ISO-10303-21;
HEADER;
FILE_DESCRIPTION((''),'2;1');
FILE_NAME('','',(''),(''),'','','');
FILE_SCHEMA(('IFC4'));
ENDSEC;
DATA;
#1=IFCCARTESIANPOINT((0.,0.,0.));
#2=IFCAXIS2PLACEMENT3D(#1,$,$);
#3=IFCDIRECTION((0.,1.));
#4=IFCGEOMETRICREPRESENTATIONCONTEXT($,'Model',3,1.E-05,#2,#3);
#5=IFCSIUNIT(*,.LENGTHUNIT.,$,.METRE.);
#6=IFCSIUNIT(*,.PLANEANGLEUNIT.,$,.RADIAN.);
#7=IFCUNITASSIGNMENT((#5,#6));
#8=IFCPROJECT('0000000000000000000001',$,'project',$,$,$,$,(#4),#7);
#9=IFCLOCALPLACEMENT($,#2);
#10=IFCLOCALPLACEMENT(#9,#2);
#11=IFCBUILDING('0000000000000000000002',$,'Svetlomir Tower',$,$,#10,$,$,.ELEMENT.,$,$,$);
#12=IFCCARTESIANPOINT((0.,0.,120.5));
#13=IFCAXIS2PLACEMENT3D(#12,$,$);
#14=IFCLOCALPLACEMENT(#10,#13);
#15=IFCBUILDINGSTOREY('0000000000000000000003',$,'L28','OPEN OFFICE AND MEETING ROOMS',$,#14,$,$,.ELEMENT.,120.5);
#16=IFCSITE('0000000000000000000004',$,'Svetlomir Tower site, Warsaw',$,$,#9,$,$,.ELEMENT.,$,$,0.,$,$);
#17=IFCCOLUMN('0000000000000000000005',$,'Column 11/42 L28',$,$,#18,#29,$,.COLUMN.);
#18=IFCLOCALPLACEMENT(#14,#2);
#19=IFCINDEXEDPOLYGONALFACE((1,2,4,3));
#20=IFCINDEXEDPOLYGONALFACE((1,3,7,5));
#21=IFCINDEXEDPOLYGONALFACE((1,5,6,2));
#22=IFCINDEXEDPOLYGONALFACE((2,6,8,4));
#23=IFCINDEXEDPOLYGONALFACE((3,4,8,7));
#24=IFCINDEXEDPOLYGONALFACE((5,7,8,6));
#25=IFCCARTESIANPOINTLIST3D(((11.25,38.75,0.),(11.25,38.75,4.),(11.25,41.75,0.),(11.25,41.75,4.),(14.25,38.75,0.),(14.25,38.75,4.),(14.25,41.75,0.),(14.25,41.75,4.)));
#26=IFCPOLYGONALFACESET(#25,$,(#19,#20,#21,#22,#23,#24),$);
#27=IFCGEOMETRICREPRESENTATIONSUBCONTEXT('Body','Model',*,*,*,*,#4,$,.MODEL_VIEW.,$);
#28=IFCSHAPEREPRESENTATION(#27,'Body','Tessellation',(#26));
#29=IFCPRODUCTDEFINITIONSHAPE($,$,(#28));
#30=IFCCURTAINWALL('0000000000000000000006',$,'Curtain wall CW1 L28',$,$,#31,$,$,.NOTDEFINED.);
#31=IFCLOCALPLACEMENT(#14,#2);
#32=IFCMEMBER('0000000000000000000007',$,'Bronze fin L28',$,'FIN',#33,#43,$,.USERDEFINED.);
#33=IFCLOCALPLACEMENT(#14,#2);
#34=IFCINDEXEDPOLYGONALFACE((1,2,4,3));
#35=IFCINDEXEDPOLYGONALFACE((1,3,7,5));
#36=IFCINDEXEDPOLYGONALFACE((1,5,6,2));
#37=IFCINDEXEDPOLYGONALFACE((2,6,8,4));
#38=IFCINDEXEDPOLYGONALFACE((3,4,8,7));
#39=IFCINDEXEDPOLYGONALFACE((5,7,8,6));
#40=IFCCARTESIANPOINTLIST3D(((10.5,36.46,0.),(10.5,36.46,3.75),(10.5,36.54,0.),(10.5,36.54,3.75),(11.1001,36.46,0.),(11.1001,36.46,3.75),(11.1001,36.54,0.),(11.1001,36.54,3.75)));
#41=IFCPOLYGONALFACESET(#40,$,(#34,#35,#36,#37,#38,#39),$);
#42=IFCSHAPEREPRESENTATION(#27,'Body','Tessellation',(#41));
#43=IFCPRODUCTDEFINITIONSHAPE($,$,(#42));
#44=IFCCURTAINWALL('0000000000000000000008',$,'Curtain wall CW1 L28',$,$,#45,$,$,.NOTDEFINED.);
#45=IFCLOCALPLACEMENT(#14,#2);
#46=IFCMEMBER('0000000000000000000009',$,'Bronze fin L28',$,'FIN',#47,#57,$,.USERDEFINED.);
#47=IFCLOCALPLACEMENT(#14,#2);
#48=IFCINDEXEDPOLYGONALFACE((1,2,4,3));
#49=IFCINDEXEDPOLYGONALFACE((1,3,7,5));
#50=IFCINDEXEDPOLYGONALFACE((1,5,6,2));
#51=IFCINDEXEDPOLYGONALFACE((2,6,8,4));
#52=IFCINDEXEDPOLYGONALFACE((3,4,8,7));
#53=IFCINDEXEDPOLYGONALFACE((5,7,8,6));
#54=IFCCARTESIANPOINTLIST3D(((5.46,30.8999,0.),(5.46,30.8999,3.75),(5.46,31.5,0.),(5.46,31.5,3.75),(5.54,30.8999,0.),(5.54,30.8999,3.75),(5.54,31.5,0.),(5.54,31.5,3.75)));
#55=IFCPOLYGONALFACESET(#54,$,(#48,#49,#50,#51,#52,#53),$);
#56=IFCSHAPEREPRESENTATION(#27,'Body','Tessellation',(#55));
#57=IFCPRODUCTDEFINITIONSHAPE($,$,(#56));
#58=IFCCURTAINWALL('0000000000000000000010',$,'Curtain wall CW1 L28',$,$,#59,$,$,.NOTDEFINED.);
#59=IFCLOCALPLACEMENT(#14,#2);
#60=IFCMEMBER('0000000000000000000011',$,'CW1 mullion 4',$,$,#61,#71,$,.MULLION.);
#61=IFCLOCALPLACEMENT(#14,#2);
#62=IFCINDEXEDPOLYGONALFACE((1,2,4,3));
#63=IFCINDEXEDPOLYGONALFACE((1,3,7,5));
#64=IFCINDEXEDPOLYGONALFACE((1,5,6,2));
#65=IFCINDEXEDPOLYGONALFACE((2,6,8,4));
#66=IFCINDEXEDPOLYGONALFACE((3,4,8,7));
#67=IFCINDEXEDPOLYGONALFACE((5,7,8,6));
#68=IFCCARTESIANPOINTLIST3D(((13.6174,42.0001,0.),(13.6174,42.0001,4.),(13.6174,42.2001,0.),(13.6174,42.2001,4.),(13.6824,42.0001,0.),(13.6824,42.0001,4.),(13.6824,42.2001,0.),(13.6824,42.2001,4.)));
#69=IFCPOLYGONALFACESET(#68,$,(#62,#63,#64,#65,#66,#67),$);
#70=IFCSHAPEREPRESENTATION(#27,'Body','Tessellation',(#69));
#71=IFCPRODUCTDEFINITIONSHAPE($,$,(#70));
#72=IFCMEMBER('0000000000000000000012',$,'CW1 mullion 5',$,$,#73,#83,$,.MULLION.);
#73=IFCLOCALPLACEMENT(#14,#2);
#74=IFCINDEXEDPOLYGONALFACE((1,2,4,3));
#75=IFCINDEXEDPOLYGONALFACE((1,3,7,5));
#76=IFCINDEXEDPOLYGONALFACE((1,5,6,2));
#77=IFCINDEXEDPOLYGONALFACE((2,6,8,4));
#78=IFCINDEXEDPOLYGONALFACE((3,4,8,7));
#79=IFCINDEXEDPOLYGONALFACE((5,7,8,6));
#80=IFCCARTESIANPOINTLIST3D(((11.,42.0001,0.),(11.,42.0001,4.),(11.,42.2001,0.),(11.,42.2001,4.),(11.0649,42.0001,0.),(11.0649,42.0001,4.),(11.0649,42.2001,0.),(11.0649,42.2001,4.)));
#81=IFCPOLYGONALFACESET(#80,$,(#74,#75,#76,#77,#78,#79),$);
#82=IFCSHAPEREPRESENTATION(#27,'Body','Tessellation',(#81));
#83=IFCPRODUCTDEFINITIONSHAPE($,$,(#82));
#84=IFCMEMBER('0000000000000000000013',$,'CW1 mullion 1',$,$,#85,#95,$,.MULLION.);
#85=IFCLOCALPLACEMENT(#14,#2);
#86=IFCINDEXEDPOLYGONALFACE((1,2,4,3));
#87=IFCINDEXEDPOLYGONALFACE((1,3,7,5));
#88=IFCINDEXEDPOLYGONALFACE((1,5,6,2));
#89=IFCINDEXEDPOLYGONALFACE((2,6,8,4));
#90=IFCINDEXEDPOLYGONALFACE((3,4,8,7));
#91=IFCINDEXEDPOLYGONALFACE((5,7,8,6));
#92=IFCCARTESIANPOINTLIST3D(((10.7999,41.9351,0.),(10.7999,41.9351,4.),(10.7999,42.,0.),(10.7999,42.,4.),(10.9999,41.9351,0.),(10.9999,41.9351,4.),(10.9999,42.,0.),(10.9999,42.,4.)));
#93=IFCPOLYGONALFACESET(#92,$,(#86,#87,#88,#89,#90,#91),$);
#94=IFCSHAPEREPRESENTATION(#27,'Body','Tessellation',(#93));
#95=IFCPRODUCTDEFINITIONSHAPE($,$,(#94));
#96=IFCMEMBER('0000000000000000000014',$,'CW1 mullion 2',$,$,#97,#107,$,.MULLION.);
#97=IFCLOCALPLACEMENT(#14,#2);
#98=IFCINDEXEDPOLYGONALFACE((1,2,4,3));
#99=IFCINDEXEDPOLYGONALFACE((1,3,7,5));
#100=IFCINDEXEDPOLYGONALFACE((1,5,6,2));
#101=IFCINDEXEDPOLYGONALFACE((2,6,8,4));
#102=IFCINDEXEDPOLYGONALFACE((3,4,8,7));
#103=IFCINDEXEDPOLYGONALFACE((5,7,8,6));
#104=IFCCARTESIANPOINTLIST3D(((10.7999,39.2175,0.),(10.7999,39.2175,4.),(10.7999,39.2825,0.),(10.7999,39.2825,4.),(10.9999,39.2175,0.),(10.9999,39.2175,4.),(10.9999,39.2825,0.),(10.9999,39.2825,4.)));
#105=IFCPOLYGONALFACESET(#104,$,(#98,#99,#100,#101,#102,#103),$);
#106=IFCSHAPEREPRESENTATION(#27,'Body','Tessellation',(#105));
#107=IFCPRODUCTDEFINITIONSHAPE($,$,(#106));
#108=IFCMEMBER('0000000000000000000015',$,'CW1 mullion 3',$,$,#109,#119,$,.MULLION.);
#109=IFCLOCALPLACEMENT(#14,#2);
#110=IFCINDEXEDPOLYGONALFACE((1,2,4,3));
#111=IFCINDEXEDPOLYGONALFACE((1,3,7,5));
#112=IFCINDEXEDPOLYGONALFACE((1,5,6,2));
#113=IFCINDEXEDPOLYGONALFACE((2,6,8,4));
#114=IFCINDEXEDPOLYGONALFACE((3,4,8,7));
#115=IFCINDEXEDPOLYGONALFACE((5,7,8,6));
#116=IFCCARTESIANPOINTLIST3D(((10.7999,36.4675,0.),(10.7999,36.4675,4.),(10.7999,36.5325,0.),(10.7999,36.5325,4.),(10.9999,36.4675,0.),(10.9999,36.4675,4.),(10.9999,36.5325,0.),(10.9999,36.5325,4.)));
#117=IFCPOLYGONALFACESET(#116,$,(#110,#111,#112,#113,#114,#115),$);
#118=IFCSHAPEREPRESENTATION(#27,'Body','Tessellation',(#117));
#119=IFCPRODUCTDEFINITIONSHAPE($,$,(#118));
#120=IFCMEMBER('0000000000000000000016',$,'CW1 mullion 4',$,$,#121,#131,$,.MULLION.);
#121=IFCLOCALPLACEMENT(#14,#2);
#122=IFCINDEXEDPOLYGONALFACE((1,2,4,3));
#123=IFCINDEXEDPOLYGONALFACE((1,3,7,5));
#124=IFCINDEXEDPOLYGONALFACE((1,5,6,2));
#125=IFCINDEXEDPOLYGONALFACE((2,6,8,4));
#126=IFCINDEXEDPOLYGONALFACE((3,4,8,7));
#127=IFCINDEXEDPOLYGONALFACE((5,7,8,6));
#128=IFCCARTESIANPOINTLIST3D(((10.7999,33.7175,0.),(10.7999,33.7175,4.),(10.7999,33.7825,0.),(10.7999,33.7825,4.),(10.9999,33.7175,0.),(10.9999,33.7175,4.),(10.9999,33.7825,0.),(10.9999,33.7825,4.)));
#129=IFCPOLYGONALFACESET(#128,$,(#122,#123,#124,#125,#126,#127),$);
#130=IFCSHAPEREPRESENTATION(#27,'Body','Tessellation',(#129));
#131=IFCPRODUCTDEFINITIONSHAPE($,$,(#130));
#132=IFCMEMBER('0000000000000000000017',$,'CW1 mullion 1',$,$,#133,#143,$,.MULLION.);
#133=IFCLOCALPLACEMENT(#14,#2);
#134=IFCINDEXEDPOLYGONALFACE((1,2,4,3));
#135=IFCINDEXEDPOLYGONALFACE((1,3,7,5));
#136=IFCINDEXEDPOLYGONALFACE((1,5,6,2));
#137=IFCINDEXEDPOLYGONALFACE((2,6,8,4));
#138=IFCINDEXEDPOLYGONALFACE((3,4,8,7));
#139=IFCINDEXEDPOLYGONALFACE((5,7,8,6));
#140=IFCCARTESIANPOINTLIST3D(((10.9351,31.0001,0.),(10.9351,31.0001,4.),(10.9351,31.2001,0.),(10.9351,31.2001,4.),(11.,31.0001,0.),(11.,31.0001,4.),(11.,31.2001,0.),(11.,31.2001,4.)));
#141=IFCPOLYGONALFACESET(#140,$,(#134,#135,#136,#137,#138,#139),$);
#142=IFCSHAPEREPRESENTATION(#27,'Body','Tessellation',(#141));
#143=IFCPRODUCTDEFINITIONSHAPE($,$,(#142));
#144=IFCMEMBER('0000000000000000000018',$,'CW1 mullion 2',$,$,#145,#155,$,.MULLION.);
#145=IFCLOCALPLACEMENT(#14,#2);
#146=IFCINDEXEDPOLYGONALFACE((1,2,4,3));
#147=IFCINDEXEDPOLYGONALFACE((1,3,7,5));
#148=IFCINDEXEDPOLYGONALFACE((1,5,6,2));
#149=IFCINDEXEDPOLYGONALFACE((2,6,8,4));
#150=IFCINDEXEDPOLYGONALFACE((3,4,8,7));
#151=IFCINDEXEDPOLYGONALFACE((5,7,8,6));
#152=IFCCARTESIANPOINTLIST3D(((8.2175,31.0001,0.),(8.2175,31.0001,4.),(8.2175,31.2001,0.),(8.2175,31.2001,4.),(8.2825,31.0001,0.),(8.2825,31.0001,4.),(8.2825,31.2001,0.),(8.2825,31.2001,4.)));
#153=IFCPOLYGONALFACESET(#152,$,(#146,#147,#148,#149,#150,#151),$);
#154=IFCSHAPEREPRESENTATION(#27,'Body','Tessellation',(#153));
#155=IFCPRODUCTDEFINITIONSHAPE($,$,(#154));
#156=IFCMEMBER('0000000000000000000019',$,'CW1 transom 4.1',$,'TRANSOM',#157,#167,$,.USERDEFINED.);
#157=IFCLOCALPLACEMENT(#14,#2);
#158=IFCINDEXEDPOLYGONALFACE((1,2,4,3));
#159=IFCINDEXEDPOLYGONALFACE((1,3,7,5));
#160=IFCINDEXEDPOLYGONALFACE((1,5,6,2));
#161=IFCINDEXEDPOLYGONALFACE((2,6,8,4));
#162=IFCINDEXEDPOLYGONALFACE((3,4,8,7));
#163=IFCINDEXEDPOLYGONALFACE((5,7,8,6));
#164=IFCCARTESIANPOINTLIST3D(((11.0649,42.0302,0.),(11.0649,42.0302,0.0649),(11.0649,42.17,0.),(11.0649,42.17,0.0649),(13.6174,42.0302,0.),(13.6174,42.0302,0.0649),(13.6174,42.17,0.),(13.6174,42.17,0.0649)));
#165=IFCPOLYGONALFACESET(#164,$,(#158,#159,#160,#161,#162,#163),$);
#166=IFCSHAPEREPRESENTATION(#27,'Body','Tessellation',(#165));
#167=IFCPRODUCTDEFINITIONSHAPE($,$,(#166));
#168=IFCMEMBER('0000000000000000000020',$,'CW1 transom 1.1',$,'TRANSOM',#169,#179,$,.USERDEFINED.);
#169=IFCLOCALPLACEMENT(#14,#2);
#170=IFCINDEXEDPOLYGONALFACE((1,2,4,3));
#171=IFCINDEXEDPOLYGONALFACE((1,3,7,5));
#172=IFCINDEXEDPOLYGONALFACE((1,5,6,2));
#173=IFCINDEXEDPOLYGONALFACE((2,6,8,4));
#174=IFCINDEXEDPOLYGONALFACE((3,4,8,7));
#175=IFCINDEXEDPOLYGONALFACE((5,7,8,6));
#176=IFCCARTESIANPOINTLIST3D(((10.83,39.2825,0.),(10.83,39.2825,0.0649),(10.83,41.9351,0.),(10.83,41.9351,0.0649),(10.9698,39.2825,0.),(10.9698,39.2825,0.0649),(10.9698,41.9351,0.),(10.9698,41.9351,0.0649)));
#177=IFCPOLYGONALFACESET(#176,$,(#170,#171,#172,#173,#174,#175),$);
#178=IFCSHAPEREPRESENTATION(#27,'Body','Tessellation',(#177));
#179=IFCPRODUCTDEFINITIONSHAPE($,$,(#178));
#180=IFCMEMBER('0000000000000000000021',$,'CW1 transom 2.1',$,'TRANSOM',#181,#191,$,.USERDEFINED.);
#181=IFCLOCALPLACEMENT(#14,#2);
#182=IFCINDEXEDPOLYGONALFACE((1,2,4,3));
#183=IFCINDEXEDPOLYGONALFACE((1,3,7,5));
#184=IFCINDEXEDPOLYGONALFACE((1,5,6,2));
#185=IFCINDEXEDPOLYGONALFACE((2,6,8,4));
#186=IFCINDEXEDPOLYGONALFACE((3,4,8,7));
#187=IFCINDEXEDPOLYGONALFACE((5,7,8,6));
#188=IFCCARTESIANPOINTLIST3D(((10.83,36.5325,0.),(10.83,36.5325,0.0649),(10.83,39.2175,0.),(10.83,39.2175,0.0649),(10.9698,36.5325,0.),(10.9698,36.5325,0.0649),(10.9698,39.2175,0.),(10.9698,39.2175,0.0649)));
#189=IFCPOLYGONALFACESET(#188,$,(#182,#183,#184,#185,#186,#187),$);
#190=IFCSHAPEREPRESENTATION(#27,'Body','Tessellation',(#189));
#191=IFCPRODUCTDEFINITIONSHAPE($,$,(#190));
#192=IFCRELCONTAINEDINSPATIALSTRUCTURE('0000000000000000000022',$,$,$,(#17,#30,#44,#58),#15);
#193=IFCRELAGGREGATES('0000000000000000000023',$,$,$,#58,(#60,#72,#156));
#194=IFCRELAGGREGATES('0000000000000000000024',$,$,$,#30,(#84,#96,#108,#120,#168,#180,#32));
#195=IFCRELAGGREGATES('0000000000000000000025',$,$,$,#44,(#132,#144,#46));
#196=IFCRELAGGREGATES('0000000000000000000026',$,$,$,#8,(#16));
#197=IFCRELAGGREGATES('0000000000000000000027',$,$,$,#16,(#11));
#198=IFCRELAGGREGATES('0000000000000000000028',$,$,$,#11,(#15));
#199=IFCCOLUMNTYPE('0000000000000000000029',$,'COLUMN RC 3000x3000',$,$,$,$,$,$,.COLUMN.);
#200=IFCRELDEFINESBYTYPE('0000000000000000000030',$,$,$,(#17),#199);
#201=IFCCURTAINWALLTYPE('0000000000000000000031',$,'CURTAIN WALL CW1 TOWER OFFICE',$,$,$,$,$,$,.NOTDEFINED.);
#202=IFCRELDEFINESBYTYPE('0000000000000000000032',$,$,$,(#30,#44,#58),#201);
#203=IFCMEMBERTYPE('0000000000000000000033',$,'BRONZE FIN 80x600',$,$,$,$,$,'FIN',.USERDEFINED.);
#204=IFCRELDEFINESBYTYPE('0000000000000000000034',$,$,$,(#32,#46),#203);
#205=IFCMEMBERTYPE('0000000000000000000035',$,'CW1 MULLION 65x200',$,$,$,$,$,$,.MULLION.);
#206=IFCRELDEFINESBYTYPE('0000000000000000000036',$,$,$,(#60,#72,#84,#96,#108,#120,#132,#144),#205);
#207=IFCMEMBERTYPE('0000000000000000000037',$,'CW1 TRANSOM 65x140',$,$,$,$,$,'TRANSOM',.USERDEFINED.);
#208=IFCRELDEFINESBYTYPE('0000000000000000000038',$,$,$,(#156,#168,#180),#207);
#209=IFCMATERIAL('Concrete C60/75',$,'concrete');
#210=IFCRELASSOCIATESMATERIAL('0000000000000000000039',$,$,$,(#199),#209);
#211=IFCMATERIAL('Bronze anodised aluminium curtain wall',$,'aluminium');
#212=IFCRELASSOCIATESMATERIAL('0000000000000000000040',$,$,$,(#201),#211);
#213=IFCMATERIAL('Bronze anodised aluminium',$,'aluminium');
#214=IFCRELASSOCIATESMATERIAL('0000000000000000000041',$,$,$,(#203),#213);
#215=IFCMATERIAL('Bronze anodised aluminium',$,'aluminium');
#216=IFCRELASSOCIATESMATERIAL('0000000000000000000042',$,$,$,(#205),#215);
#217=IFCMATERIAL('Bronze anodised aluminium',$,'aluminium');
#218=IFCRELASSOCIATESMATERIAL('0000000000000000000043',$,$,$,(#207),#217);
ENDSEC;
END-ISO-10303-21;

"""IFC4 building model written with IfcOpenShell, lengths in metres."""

from ifc_helpers import new_model, si_unit, direction, frame, origin, origin_2d, place, context, subcontext, project, spatial, rectangle, extrude, material, material_profile, profile_set, type_object, element, aggregate, save


model = new_model("IFC4")

# Units and contexts
model_context = context("Model", 3, precision=1e-05, world=origin(), true_north=direction((0.0, 1.0)))
body_context = subcontext(model_context, "Body", "Model", "MODEL_VIEW")
ifc_project = project(units=[si_unit("LENGTHUNIT", "METRE"), si_unit("PLANEANGLEUNIT", "RADIAN")], contexts=[model_context])

# Site, building, storey
site_placement = place(None, origin())
site = spatial("IfcSite", under=ifc_project, at=site_placement, Name="Svetlomir Tower site, Warsaw", CompositionType="ELEMENT", RefElevation=0.0)
building_placement = place(site_placement, origin())
building = spatial("IfcBuilding", under=site, at=building_placement, Name="Svetlomir Tower", CompositionType="ELEMENT")
storey_placement = place(building_placement, frame((0.0, 0.0, 120.5)))
storey = spatial("IfcBuildingStorey", under=building, at=storey_placement, Name="L28", Description="OPEN OFFICE AND MEETING ROOMS", CompositionType="ELEMENT", Elevation=120.5)

# Column
ifc_material_1 = material(Name="Concrete C60/75", Category="concrete")
ifc_material_profile_1 = material_profile(ifc_material_1, rectangle(XDim=3.0, YDim=3.0, at=origin_2d()), Name="RC 3000x3000")
ifc_profile_set_1 = profile_set([ifc_material_profile_1], Name="Concrete C60/75")
column_type = type_object("IfcColumnType", Name="COLUMN RC 3000x3000", PredefinedType="COLUMN", material=ifc_profile_set_1)
column_placement = place(storey_placement, frame((12.75, 40.25, 0.0), z_axis=(0.0, 0.0, 1.0), x_axis=(1.0, 0.0, 0.0)))
element("IfcColumn", 1, at=column_placement, inside=storey, type_object=column_type, Name="Column 11/42 L28", PredefinedType="COLUMN", context=body_context, shape_type="SweptSolid", body=[
    extrude(rectangle(XDim=3.0, YDim=3.0, at=origin_2d()), origin(), (0.0, 0.0, 1.0), 4.0),
])

# Curtain walls, members
ifc_material_2 = material(Name="Bronze anodised aluminium curtain wall", Category="aluminium")
curtain_wall_type = type_object("IfcCurtainWallType", Name="CURTAIN WALL CW1 TOWER OFFICE", PredefinedType="NOTDEFINED", material=ifc_material_2)
curtain_wall_1_placement = place(storey_placement, origin())
curtain_wall_1 = element("IfcCurtainWall", 2, at=curtain_wall_1_placement, inside=storey, type_object=curtain_wall_type, Name="Curtain wall CW1 L28", PredefinedType="NOTDEFINED")
ifc_material_3 = material(Name="Bronze anodised aluminium", Category="aluminium")
ifc_material_profile_2 = material_profile(ifc_material_3, rectangle(XDim=0.0801, YDim=0.6001, at=origin_2d()), Name="FIN 80x600")
ifc_profile_set_2 = profile_set([ifc_material_profile_2], Name="Bronze anodised aluminium 6063-T6")
member_type_1 = type_object("IfcMemberType", Name="BRONZE FIN 80x600", ElementType="FIN", PredefinedType="USERDEFINED", material=ifc_profile_set_2)
member_1_placement = place(storey_placement, frame((10.8, 36.5, 0.0), z_axis=(0.0, 0.0, 1.0), x_axis=(0.0, 1.0, 0.0)))
member_1 = element("IfcMember", 3, at=member_1_placement, type_object=member_type_1, Name="Bronze fin L28", ObjectType="FIN", PredefinedType="USERDEFINED", context=body_context, shape_type="SweptSolid", body=[
    extrude(rectangle(XDim=0.0801, YDim=0.6001, at=origin_2d()), origin(), (0.0, 0.0, 1.0), 3.75),
])
curtain_wall_2_placement = place(storey_placement, origin())
curtain_wall_2 = element("IfcCurtainWall", 4, at=curtain_wall_2_placement, inside=storey, type_object=curtain_wall_type, Name="Curtain wall CW1 L28", PredefinedType="NOTDEFINED")
member_2_placement = place(storey_placement, frame((5.5, 31.2, 0.0), z_axis=(0.0, 0.0, 1.0), x_axis=(1.0, 0.0, 0.0)))
member_2 = element("IfcMember", 5, at=member_2_placement, type_object=member_type_1, Name="Bronze fin L28", ObjectType="FIN", PredefinedType="USERDEFINED", context=body_context, shape_type="SweptSolid", body=[
    extrude(rectangle(XDim=0.0801, YDim=0.6001, at=origin_2d()), origin(), (0.0, 0.0, 1.0), 3.75),
])

# Curtain wall, members
curtain_wall_3_placement = place(storey_placement, origin())
curtain_wall_3 = element("IfcCurtainWall", 6, at=curtain_wall_3_placement, inside=storey, type_object=curtain_wall_type, Name="Curtain wall CW1 L28", PredefinedType="NOTDEFINED")
ifc_material_4 = material(Name="Bronze anodised aluminium", Category="aluminium")
ifc_material_profile_3 = material_profile(ifc_material_4, rectangle(XDim=0.0649, YDim=0.2, at=origin_2d()), Name="AL 65x200")
ifc_profile_set_3 = profile_set([ifc_material_profile_3], Name="Bronze anodised aluminium 6063-T6")
member_type_2 = type_object("IfcMemberType", Name="CW1 MULLION 65x200", PredefinedType="MULLION", material=ifc_profile_set_3)
member_3_placement = place(storey_placement, frame((13.6499, 42.1001, 0.0), z_axis=(0.0, 0.0, 1.0), x_axis=(-1.0, 0.0, 0.0)))
member_3 = element("IfcMember", 7, at=member_3_placement, type_object=member_type_2, Name="CW1 mullion 4", PredefinedType="MULLION", context=body_context, shape_type="SweptSolid", body=[
    extrude(rectangle(XDim=0.0649, YDim=0.2, at=origin_2d()), origin(), (0.0, 0.0, 1.0), 4.0),
])
member_4_placement = place(storey_placement, frame((11.0325, 42.1001, 0.0), z_axis=(0.0, 0.0, 1.0), x_axis=(-1.0, 0.0, 0.0)))
member_4 = element("IfcMember", 8, at=member_4_placement, type_object=member_type_2, Name="CW1 mullion 5", PredefinedType="MULLION", context=body_context, shape_type="SweptSolid", body=[
    extrude(rectangle(XDim=0.0649, YDim=0.2, at=origin_2d()), origin(), (0.0, 0.0, 1.0), 4.0),
])

# Members
member_5_placement = place(storey_placement, frame((10.8999, 41.9675, 0.0), z_axis=(0.0, 0.0, 1.0), x_axis=(0.0, -1.0, 0.0)))
member_5 = element("IfcMember", 9, at=member_5_placement, type_object=member_type_2, Name="CW1 mullion 1", PredefinedType="MULLION", context=body_context, shape_type="SweptSolid", body=[
    extrude(rectangle(XDim=0.0649, YDim=0.2, at=origin_2d()), origin(), (0.0, 0.0, 1.0), 4.0),
])
member_6_placement = place(storey_placement, frame((10.8999, 39.25, 0.0), z_axis=(0.0, 0.0, 1.0), x_axis=(0.0, -1.0, 0.0)))
member_6 = element("IfcMember", 10, at=member_6_placement, type_object=member_type_2, Name="CW1 mullion 2", PredefinedType="MULLION", context=body_context, shape_type="SweptSolid", body=[
    extrude(rectangle(XDim=0.0649, YDim=0.2, at=origin_2d()), origin(), (0.0, 0.0, 1.0), 4.0),
])
member_7_placement = place(storey_placement, frame((10.8999, 36.5, 0.0), z_axis=(0.0, 0.0, 1.0), x_axis=(0.0, -1.0, 0.0)))
member_7 = element("IfcMember", 11, at=member_7_placement, type_object=member_type_2, Name="CW1 mullion 3", PredefinedType="MULLION", context=body_context, shape_type="SweptSolid", body=[
    extrude(rectangle(XDim=0.0649, YDim=0.2, at=origin_2d()), origin(), (0.0, 0.0, 1.0), 4.0),
])
member_8_placement = place(storey_placement, frame((10.8999, 33.75, 0.0), z_axis=(0.0, 0.0, 1.0), x_axis=(0.0, -1.0, 0.0)))
member_8 = element("IfcMember", 12, at=member_8_placement, type_object=member_type_2, Name="CW1 mullion 4", PredefinedType="MULLION", context=body_context, shape_type="SweptSolid", body=[
    extrude(rectangle(XDim=0.0649, YDim=0.2, at=origin_2d()), origin(), (0.0, 0.0, 1.0), 4.0),
])
member_9_placement = place(storey_placement, frame((10.9675, 31.1001, 0.0), z_axis=(0.0, 0.0, 1.0), x_axis=(-1.0, 0.0, 0.0)))
member_9 = element("IfcMember", 13, at=member_9_placement, type_object=member_type_2, Name="CW1 mullion 1", PredefinedType="MULLION", context=body_context, shape_type="SweptSolid", body=[
    extrude(rectangle(XDim=0.0649, YDim=0.2, at=origin_2d()), origin(), (0.0, 0.0, 1.0), 4.0),
])
member_10_placement = place(storey_placement, frame((8.25, 31.1001, 0.0), z_axis=(0.0, 0.0, 1.0), x_axis=(-1.0, 0.0, 0.0)))
member_10 = element("IfcMember", 14, at=member_10_placement, type_object=member_type_2, Name="CW1 mullion 2", PredefinedType="MULLION", context=body_context, shape_type="SweptSolid", body=[
    extrude(rectangle(XDim=0.0649, YDim=0.2, at=origin_2d()), origin(), (0.0, 0.0, 1.0), 4.0),
])
ifc_material_5 = material(Name="Bronze anodised aluminium", Category="aluminium")
ifc_material_profile_4 = material_profile(ifc_material_5, rectangle(XDim=0.1399, YDim=0.0649, at=origin_2d()), Name="AL 140x65")
ifc_profile_set_4 = profile_set([ifc_material_profile_4], Name="Bronze anodised aluminium 6063-T6")
member_type_3 = type_object("IfcMemberType", Name="CW1 TRANSOM 65x140", ElementType="TRANSOM", PredefinedType="USERDEFINED", material=ifc_profile_set_4)
member_11_placement = place(storey_placement, frame((13.6174, 42.1001, 0.0325), z_axis=(-1.0, 0.0, 0.0), x_axis=(0.0, -1.0, 0.0)))
member_11 = element("IfcMember", 15, at=member_11_placement, type_object=member_type_3, Name="CW1 transom 4.1", ObjectType="TRANSOM", PredefinedType="USERDEFINED", context=body_context, shape_type="SweptSolid", body=[
    extrude(rectangle(XDim=0.1399, YDim=0.0649, at=origin_2d()), origin(), (0.0, 0.0, 1.0), 2.5525),
])
member_12_placement = place(storey_placement, frame((10.8999, 41.9351, 0.0325), z_axis=(0.0, -1.0, 0.0), x_axis=(1.0, 0.0, 0.0)))
member_12 = element("IfcMember", 16, at=member_12_placement, type_object=member_type_3, Name="CW1 transom 1.1", ObjectType="TRANSOM", PredefinedType="USERDEFINED", context=body_context, shape_type="SweptSolid", body=[
    extrude(rectangle(XDim=0.1399, YDim=0.0649, at=origin_2d()), origin(), (0.0, 0.0, 1.0), 2.6526),
])
member_13_placement = place(storey_placement, frame((10.8999, 39.2175, 0.0325), z_axis=(0.0, -1.0, 0.0), x_axis=(1.0, 0.0, 0.0)))
member_13 = element("IfcMember", 17, at=member_13_placement, type_object=member_type_3, Name="CW1 transom 2.1", ObjectType="TRANSOM", PredefinedType="USERDEFINED", context=body_context, shape_type="SweptSolid", body=[
    extrude(rectangle(XDim=0.1399, YDim=0.0649, at=origin_2d()), origin(), (0.0, 0.0, 1.0), 2.6851),
])

aggregate(curtain_wall_3, [member_3, member_4, member_11])
aggregate(curtain_wall_1, [member_5, member_6, member_7, member_8, member_12, member_13, member_1])
aggregate(curtain_wall_2, [member_9, member_10, member_2])

save(model, "model.ifc")
